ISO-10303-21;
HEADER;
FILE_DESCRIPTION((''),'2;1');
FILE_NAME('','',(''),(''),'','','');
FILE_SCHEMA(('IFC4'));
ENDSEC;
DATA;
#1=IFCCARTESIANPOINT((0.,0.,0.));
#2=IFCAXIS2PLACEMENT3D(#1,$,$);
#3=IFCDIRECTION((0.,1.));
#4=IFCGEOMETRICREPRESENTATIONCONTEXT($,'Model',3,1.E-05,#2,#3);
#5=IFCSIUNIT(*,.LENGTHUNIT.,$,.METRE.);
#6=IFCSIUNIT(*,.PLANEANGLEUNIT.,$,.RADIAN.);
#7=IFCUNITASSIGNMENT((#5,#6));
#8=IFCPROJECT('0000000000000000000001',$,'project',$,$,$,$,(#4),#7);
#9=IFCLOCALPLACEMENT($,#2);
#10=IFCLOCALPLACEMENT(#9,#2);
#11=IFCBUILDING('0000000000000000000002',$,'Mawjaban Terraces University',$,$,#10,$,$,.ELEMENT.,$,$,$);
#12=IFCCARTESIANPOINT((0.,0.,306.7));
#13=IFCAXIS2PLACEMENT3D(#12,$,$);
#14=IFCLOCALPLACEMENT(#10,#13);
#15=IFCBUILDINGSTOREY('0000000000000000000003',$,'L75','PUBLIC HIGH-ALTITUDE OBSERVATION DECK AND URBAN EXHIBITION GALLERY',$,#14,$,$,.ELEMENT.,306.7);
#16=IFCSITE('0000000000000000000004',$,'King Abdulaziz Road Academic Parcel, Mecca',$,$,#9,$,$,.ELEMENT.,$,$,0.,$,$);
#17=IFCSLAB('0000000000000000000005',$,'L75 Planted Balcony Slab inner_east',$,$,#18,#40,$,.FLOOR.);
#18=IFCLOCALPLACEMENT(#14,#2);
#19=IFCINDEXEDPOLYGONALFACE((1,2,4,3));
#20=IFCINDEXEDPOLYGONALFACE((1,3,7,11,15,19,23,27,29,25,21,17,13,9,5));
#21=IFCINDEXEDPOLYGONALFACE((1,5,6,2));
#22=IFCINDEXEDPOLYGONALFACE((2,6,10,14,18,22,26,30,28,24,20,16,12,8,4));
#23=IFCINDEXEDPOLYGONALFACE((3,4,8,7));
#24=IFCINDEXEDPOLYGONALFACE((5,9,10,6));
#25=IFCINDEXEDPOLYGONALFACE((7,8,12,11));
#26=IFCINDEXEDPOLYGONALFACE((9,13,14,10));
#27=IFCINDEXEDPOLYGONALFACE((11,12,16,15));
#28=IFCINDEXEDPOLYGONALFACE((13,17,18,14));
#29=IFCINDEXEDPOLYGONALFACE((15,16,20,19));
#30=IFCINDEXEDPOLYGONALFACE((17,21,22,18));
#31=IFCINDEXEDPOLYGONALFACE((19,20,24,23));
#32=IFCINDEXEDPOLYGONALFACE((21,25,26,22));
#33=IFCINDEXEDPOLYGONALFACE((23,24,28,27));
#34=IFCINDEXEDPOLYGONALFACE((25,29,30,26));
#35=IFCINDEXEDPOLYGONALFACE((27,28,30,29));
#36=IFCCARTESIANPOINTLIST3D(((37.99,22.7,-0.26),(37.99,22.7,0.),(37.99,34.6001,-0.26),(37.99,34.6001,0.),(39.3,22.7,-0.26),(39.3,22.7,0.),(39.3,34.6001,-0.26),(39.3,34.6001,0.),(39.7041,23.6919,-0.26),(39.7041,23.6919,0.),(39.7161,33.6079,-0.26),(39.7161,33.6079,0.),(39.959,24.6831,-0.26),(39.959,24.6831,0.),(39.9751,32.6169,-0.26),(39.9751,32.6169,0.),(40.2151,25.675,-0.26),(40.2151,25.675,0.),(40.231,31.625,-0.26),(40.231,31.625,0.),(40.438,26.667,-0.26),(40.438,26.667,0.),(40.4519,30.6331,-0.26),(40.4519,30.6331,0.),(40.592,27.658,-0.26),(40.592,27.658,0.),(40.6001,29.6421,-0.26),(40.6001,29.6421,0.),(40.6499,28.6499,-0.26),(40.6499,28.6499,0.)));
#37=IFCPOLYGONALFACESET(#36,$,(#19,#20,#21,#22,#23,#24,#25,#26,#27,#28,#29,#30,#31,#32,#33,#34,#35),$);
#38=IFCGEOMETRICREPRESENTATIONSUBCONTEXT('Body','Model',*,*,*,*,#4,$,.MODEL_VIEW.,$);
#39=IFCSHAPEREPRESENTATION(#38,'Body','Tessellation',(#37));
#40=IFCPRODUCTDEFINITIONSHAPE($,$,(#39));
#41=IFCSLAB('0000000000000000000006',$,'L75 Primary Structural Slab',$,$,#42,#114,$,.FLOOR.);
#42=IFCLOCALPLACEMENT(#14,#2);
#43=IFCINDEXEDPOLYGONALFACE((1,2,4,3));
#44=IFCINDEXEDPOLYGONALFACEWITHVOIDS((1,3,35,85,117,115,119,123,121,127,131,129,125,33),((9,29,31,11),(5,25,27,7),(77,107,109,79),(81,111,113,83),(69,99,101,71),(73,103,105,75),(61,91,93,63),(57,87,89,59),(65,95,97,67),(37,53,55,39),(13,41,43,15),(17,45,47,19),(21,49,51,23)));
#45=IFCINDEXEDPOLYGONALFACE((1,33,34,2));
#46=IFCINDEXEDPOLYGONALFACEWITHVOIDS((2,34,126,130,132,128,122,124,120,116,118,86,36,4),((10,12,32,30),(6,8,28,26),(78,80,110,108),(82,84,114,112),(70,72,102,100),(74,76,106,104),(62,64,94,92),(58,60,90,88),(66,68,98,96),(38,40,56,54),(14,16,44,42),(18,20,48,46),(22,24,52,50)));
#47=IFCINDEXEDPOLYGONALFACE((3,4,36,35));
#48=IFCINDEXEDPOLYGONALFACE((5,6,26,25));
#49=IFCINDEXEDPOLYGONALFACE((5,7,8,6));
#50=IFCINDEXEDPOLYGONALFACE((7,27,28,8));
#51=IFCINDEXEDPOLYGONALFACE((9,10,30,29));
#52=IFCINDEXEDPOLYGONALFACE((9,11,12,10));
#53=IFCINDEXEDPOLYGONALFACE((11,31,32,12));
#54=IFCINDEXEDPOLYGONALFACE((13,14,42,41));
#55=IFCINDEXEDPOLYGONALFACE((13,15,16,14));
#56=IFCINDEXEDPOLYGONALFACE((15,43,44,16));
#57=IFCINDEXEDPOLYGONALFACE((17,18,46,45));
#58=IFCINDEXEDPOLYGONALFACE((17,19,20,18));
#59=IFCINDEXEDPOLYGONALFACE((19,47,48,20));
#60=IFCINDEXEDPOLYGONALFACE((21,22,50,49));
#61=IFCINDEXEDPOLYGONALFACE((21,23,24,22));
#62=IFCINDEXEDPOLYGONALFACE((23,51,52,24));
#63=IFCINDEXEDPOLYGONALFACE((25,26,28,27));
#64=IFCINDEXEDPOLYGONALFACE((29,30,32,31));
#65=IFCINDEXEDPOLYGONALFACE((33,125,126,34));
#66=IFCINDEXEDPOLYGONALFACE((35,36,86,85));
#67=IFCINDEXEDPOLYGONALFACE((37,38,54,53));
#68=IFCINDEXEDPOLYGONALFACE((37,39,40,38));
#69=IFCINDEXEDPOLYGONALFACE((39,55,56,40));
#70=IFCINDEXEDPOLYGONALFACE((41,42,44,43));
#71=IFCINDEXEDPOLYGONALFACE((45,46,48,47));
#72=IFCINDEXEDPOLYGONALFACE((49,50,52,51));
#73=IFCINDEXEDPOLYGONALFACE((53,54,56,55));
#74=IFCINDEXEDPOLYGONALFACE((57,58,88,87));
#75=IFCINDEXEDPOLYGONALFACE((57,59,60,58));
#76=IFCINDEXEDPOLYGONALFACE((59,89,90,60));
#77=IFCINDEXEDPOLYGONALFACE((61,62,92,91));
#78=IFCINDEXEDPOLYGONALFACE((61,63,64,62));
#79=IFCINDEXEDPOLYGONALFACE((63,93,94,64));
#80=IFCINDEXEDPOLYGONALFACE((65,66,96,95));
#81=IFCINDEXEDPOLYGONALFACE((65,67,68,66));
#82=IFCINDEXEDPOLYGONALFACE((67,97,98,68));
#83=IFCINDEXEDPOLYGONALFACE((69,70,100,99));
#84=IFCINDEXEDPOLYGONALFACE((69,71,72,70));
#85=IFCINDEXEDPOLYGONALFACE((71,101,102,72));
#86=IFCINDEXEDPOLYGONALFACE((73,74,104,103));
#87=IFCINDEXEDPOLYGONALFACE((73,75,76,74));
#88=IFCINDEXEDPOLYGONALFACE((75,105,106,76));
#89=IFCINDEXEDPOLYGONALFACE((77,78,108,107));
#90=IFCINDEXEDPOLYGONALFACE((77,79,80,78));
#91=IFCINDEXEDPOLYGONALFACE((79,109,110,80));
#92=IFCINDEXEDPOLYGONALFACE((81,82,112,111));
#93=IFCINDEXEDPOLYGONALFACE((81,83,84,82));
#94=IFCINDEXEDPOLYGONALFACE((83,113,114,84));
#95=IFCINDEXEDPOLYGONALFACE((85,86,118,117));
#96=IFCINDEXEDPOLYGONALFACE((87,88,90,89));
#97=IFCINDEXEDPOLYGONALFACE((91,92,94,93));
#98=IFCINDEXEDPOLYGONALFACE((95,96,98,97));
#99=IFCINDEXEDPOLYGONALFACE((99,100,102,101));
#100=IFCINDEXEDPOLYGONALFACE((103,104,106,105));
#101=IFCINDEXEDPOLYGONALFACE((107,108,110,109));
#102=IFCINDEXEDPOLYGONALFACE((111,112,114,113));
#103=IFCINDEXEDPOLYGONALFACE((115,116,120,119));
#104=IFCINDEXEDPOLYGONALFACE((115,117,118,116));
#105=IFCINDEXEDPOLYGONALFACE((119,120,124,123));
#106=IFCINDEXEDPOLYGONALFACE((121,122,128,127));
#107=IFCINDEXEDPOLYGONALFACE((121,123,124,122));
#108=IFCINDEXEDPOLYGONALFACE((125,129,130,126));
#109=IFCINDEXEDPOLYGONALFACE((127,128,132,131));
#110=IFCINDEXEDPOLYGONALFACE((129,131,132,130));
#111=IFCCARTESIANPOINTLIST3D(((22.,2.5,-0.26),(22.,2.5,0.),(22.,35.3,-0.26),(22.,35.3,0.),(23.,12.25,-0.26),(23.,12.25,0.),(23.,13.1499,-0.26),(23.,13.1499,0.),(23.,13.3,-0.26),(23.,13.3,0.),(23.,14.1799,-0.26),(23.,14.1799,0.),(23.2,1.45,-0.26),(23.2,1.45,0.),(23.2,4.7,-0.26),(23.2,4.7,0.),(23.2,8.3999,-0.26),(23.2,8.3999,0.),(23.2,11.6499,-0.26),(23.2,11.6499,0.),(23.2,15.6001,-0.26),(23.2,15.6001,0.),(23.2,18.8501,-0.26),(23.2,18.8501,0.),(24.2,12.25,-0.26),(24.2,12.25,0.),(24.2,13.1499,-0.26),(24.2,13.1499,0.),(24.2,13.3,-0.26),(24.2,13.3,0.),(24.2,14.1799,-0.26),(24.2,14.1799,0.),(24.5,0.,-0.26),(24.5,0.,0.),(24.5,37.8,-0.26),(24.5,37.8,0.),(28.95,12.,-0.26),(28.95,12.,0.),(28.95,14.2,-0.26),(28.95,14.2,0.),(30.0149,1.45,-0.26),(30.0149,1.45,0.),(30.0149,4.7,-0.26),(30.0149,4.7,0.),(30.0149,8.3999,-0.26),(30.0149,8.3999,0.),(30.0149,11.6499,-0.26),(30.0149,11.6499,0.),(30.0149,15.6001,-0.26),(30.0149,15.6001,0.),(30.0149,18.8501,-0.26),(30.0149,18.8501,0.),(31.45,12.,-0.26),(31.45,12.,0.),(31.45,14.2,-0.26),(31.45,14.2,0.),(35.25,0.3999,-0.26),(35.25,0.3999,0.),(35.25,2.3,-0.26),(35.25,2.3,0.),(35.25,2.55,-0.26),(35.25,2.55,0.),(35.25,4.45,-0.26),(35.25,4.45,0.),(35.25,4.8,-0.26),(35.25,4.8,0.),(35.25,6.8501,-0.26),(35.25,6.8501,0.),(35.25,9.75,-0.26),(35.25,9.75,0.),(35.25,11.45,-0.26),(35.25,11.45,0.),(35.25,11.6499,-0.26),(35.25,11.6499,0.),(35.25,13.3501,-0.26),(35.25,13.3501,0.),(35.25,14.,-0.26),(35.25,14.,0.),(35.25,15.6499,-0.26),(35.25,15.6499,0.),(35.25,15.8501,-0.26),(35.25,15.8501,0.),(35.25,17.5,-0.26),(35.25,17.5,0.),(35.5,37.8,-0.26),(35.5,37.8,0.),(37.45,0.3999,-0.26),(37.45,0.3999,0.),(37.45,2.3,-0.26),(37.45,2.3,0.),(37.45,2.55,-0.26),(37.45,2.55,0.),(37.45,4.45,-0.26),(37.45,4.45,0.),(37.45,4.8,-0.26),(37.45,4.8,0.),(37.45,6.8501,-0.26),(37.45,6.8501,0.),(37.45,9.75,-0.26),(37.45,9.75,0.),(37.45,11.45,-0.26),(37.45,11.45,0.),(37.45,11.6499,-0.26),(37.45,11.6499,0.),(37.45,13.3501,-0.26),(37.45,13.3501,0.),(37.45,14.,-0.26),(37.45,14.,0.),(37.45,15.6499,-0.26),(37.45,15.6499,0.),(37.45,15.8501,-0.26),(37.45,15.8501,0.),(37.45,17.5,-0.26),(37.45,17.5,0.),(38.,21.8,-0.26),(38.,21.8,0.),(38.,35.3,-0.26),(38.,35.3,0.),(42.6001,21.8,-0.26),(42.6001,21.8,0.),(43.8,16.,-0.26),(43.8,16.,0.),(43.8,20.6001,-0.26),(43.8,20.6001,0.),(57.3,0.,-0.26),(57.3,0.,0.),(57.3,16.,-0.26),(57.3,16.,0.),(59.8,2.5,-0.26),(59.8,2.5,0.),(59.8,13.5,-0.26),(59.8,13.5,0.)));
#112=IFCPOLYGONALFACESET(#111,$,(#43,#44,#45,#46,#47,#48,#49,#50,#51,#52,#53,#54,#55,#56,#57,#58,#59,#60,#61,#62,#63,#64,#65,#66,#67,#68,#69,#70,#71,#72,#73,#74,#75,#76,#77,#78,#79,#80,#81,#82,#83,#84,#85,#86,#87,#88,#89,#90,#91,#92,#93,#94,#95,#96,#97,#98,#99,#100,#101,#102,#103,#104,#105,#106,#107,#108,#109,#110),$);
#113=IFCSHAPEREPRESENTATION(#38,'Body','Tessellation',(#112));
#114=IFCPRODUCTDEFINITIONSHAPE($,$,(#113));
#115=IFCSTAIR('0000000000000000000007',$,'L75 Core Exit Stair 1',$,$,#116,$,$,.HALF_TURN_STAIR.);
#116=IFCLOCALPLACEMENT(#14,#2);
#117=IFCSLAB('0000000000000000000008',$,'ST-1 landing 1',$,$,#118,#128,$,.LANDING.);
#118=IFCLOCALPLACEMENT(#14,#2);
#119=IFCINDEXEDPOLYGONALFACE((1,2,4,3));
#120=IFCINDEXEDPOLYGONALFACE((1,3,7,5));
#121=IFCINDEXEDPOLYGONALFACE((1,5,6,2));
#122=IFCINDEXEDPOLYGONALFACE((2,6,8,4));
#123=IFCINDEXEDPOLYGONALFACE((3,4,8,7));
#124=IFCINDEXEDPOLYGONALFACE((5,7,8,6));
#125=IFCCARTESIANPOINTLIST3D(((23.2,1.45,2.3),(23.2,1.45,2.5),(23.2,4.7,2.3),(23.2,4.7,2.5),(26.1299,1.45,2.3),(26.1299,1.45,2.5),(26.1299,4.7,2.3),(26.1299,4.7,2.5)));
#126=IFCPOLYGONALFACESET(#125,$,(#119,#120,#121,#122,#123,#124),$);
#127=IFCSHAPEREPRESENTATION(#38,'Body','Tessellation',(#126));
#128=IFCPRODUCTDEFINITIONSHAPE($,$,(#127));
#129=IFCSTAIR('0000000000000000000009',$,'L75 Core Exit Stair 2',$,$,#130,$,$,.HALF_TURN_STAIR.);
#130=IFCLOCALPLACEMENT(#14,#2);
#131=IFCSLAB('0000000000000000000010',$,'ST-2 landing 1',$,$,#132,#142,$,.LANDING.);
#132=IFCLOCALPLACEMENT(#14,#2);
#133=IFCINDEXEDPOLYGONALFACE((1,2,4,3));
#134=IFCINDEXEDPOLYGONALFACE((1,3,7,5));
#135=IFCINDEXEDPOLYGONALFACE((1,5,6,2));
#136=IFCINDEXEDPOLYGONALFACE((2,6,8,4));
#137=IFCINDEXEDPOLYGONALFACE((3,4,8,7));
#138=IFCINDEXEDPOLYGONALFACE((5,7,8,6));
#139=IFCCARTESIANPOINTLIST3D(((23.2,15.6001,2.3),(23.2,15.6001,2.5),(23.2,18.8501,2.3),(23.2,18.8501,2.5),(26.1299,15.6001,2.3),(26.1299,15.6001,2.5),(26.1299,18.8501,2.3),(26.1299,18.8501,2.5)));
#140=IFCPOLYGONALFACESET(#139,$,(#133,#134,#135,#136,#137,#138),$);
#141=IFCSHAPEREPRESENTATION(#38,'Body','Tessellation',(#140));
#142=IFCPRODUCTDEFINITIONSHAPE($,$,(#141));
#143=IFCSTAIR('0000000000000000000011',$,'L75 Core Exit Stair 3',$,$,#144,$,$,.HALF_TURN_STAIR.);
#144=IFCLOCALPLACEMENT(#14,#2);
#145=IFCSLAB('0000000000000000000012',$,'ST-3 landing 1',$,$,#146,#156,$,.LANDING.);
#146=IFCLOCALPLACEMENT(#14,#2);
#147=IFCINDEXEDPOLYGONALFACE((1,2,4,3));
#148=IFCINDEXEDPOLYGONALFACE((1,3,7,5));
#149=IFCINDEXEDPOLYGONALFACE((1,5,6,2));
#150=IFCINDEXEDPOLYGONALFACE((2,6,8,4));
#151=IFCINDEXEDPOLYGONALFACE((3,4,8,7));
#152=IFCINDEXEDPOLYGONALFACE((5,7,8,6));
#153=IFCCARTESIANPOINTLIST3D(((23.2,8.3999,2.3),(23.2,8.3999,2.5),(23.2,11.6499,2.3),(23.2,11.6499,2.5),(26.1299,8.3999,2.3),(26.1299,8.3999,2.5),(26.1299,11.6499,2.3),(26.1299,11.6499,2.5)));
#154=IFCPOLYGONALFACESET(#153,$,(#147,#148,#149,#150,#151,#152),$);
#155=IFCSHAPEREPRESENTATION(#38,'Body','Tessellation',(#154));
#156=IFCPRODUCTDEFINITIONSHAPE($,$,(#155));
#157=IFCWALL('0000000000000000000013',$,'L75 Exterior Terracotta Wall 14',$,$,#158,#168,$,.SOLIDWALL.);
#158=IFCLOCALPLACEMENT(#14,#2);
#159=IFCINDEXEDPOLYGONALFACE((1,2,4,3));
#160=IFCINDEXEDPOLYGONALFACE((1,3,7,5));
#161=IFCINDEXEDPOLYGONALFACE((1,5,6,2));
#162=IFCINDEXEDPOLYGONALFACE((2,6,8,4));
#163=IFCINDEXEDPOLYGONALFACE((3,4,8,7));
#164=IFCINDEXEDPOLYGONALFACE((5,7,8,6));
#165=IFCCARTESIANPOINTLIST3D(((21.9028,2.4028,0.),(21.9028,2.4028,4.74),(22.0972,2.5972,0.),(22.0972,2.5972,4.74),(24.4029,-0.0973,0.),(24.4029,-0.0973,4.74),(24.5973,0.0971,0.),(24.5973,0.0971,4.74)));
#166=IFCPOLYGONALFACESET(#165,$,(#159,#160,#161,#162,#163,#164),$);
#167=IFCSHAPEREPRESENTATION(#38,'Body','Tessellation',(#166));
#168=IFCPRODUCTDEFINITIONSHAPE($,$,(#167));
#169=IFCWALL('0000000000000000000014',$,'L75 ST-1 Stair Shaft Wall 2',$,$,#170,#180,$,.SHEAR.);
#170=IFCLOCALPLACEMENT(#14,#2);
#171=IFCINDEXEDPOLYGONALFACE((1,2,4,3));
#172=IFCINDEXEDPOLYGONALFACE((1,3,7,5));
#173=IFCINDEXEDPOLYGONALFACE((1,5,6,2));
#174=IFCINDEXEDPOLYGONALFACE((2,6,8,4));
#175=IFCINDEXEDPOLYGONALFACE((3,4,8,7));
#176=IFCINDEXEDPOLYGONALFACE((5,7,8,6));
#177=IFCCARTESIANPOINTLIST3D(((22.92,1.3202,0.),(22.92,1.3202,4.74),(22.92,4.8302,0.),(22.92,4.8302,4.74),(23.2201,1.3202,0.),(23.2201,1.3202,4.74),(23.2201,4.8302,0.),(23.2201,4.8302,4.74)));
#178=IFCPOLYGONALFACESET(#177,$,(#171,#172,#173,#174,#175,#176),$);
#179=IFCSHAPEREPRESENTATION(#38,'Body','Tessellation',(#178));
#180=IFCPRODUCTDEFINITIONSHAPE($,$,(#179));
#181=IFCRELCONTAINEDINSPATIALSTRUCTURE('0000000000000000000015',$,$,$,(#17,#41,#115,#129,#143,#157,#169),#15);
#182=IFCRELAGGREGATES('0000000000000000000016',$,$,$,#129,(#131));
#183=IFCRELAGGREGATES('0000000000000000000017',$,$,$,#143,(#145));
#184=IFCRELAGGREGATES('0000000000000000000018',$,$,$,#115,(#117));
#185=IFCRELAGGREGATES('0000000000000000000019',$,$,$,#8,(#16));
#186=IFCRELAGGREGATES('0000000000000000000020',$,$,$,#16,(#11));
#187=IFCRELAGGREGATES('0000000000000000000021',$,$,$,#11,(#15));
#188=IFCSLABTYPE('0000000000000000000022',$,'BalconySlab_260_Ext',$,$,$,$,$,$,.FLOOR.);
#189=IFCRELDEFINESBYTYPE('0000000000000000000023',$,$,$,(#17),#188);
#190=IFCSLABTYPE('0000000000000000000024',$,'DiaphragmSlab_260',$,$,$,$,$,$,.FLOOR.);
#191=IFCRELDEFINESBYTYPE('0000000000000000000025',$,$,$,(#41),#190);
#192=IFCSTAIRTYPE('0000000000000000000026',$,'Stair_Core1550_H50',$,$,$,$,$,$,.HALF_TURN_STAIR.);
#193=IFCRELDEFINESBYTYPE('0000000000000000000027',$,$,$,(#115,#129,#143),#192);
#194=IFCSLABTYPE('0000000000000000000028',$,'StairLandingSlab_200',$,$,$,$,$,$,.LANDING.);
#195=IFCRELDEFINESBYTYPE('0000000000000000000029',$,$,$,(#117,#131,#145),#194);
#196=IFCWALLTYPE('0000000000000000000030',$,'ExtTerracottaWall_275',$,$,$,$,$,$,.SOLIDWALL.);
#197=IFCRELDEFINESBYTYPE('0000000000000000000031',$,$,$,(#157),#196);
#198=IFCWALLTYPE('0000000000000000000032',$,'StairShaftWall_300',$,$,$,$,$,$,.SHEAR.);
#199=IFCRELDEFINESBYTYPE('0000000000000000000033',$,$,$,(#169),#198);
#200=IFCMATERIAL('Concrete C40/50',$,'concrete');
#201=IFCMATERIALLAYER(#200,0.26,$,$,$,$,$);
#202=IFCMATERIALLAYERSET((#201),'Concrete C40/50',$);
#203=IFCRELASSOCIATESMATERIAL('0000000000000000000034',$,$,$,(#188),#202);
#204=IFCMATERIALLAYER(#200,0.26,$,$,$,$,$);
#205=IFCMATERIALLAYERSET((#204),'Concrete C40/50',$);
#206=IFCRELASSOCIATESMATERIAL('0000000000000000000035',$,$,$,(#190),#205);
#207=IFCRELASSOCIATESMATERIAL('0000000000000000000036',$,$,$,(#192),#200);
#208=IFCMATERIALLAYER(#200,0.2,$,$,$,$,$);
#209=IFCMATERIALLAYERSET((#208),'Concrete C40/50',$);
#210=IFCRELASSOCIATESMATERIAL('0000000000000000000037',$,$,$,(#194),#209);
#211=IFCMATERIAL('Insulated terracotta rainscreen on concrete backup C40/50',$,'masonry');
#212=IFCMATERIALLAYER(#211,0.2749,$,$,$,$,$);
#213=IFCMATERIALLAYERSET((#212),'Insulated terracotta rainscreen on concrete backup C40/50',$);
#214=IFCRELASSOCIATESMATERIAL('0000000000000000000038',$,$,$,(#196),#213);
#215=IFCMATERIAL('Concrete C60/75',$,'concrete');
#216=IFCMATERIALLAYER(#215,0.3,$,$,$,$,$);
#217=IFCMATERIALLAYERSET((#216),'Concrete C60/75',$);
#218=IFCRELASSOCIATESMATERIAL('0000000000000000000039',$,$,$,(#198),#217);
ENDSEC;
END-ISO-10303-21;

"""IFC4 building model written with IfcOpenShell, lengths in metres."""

from ifc_helpers import new_model, si_unit, direction, frame, frame_2d, origin, place, context, subcontext, project, spatial, polyline, rectangle, outline, extrude, material, layer, layer_set, type_object, element, aggregate, save


model = new_model("IFC4")

# Units and contexts
model_context = context("Model", 3, precision=1e-05, world=origin(), true_north=direction((0.0, 1.0)))
body_context = subcontext(model_context, "Body", "Model", "MODEL_VIEW")
ifc_project = project(units=[si_unit("LENGTHUNIT", "METRE"), si_unit("PLANEANGLEUNIT", "RADIAN")], contexts=[model_context])

# Site, building, storey
site_placement = place(None, origin())
site = spatial("IfcSite", under=ifc_project, at=site_placement, Name="King Abdulaziz Road Academic Parcel, Mecca", CompositionType="ELEMENT", RefElevation=0.0)
building_placement = place(site_placement, origin())
building = spatial("IfcBuilding", under=site, at=building_placement, Name="Mawjaban Terraces University", CompositionType="ELEMENT")
storey_placement = place(building_placement, frame((0.0, 0.0, 306.7)))
storey = spatial("IfcBuildingStorey", under=building, at=storey_placement, Name="L75", Description="PUBLIC HIGH-ALTITUDE OBSERVATION DECK AND URBAN EXHIBITION GALLERY", CompositionType="ELEMENT", Elevation=306.7)

# Slabs
ifc_material_1 = material(Name="Concrete C40/50", Category="concrete")
ifc_layer_1 = layer(ifc_material_1, 0.26)
ifc_layer_set_1 = layer_set([ifc_layer_1], Name="Concrete C40/50")
slab_type_1 = type_object("IfcSlabType", Name="BalconySlab_260_Ext", PredefinedType="FLOOR", material=ifc_layer_set_1)
slab_1_placement = place(storey_placement, frame((0.0, 0.0, -0.26)))
element("IfcSlab", 1, at=slab_1_placement, inside=storey, type_object=slab_type_1, Name="L75 Planted Balcony Slab inner_east", PredefinedType="FLOOR", context=body_context, shape_type="SweptSolid", body=[
    extrude(outline(polyline([(39.3, 22.7), (39.7041, 23.6919), (39.959, 24.6831), (40.2151, 25.675), (40.438, 26.667), (40.592, 27.658), (40.6499, 28.6499), (40.6001, 29.6421), (40.4519, 30.6331), (40.231, 31.625), (39.9751, 32.6169), (39.7161, 33.6079), (39.3, 34.6001), (37.99, 34.6001), (37.99, 22.7), (39.3, 22.7)])), origin(), (0.0, 0.0, 1.0), 0.26),
])
ifc_layer_2 = layer(ifc_material_1, 0.26)
ifc_layer_set_2 = layer_set([ifc_layer_2], Name="Concrete C40/50")
slab_type_2 = type_object("IfcSlabType", Name="DiaphragmSlab_260", PredefinedType="FLOOR", material=ifc_layer_set_2)
slab_2_placement = place(storey_placement, frame((0.0, 0.0, -0.26)))
element("IfcSlab", 2, at=slab_2_placement, inside=storey, type_object=slab_type_2, Name="L75 Primary Structural Slab", PredefinedType="FLOOR", context=body_context, shape_type="SweptSolid", body=[
    extrude(outline(polyline([(24.5, 0.0), (57.3, 0.0), (59.8, 2.5), (59.8, 13.5), (57.3, 16.0), (43.8, 16.0), (43.8, 20.6001), (42.6001, 21.8), (38.0, 21.8), (38.0, 35.3), (35.5, 37.8), (24.5, 37.8), (22.0, 35.3), (22.0, 2.5), (24.5, 0.0)]), holes=[polyline([(30.0149, 4.7), (23.2, 4.7), (23.2, 1.45), (30.0149, 1.45), (30.0149, 4.7)]), polyline([(30.0149, 18.8501), (23.2, 18.8501), (23.2, 15.6001), (30.0149, 15.6001), (30.0149, 18.8501)]), polyline([(30.0149, 11.6499), (23.2, 11.6499), (23.2, 8.3999), (30.0149, 8.3999), (30.0149, 11.6499)]), polyline([(35.25, 0.3999), (37.45, 0.3999), (37.45, 2.3), (35.25, 2.3), (35.25, 0.3999)]), polyline([(35.25, 2.55), (37.45, 2.55), (37.45, 4.45), (35.25, 4.45), (35.25, 2.55)]), polyline([(35.25, 4.8), (37.45, 4.8), (37.45, 6.8501), (35.25, 6.8501), (35.25, 4.8)]), polyline([(35.25, 9.75), (37.45, 9.75), (37.45, 11.45), (35.25, 11.45), (35.25, 9.75)]), polyline([(35.25, 11.6499), (37.45, 11.6499), (37.45, 13.3501), (35.25, 13.3501), (35.25, 11.6499)]), polyline([(28.95, 12.0), (31.45, 12.0), (31.45, 14.2), (28.95, 14.2), (28.95, 12.0)]), polyline([(35.25, 14.0), (37.45, 14.0), (37.45, 15.6499), (35.25, 15.6499), (35.25, 14.0)]), polyline([(35.25, 15.8501), (37.45, 15.8501), (37.45, 17.5), (35.25, 17.5), (35.25, 15.8501)]), polyline([(23.0, 12.25), (24.2, 12.25), (24.2, 13.1499), (23.0, 13.1499), (23.0, 12.25)]), polyline([(23.0, 13.3), (24.2, 13.3), (24.2, 14.1799), (23.0, 14.1799), (23.0, 13.3)])]), origin(), (0.0, 0.0, 1.0), 0.26),
])

# Stairs, slabs
stair_type = type_object("IfcStairType", Name="Stair_Core1550_H50", PredefinedType="HALF_TURN_STAIR", material=ifc_material_1)
stair_1_placement = place(storey_placement, origin())
stair_1 = element("IfcStair", 3, at=stair_1_placement, inside=storey, type_object=stair_type, Name="L75 Core Exit Stair 1", PredefinedType="HALF_TURN_STAIR")
ifc_layer_3 = layer(ifc_material_1, 0.2)
ifc_layer_set_3 = layer_set([ifc_layer_3], Name="Concrete C40/50")
slab_type_3 = type_object("IfcSlabType", Name="StairLandingSlab_200", PredefinedType="LANDING", material=ifc_layer_set_3)
slab_3_placement = place(storey_placement, frame((0.0, 0.0, 2.3)))
slab_3 = element("IfcSlab", 4, at=slab_3_placement, type_object=slab_type_3, Name="ST-1 landing 1", PredefinedType="LANDING", context=body_context, shape_type="SweptSolid", body=[
    extrude(outline(polyline([(26.1299, 4.7), (23.2, 4.7), (23.2, 1.45), (26.1299, 1.45), (26.1299, 4.7)])), origin(), (0.0, 0.0, 1.0), 0.2),
])
stair_2_placement = place(storey_placement, origin())
stair_2 = element("IfcStair", 5, at=stair_2_placement, inside=storey, type_object=stair_type, Name="L75 Core Exit Stair 2", PredefinedType="HALF_TURN_STAIR")
slab_4_placement = place(storey_placement, frame((0.0, 0.0, 2.3)))
slab_4 = element("IfcSlab", 6, at=slab_4_placement, type_object=slab_type_3, Name="ST-2 landing 1", PredefinedType="LANDING", context=body_context, shape_type="SweptSolid", body=[
    extrude(outline(polyline([(26.1299, 18.8501), (23.2, 18.8501), (23.2, 15.6001), (26.1299, 15.6001), (26.1299, 18.8501)])), origin(), (0.0, 0.0, 1.0), 0.2),
])
aggregate(stair_2, [slab_4])
stair_3_placement = place(storey_placement, origin())
stair_3 = element("IfcStair", 7, at=stair_3_placement, inside=storey, type_object=stair_type, Name="L75 Core Exit Stair 3", PredefinedType="HALF_TURN_STAIR")
slab_5_placement = place(storey_placement, frame((0.0, 0.0, 2.3)))
slab_5 = element("IfcSlab", 8, at=slab_5_placement, type_object=slab_type_3, Name="ST-3 landing 1", PredefinedType="LANDING", context=body_context, shape_type="SweptSolid", body=[
    extrude(outline(polyline([(26.1299, 11.6499), (23.2, 11.6499), (23.2, 8.3999), (26.1299, 8.3999), (26.1299, 11.6499)])), origin(), (0.0, 0.0, 1.0), 0.2),
])
aggregate(stair_3, [slab_5])

# Walls
ifc_material_2 = material(Name="Insulated terracotta rainscreen on concrete backup C40/50", Category="masonry")
ifc_layer_4 = layer(ifc_material_2, 0.2749)
ifc_layer_set_4 = layer_set([ifc_layer_4], Name="Insulated terracotta rainscreen on concrete backup C40/50")
wall_type_1 = type_object("IfcWallType", Name="ExtTerracottaWall_275", PredefinedType="SOLIDWALL", material=ifc_layer_set_4)
wall_1_placement = place(storey_placement, frame((22.0, 2.5, 0.0), z_axis=(0.0, 0.0, 1.0), x_axis=(0.707107, -0.707107, 0.0)))
element("IfcWall", 9, at=wall_1_placement, inside=storey, type_object=wall_type_1, Name="L75 Exterior Terracotta Wall 14", PredefinedType="SOLIDWALL", context=body_context, shape_type="SweptSolid", body=[
    extrude(rectangle(XDim=3.5356, YDim=0.2749, at=frame_2d((1.7678, 0.0))), origin(), (0.0, 0.0, 1.0), 4.74),
])
ifc_material_3 = material(Name="Concrete C60/75", Category="concrete")
ifc_layer_5 = layer(ifc_material_3, 0.3)
ifc_layer_set_5 = layer_set([ifc_layer_5], Name="Concrete C60/75")
wall_type_2 = type_object("IfcWallType", Name="StairShaftWall_300", PredefinedType="SHEAR", material=ifc_layer_set_5)
wall_2_placement = place(storey_placement, frame((23.0701, 4.8301, 0.0), z_axis=(0.0, 0.0, 1.0), x_axis=(0.0, -1.0, 0.0)))
element("IfcWall", 10, at=wall_2_placement, inside=storey, type_object=wall_type_2, Name="L75 ST-1 Stair Shaft Wall 2", PredefinedType="SHEAR", context=body_context, shape_type="SweptSolid", body=[
    extrude(rectangle(XDim=3.51, YDim=0.3, at=frame_2d((1.7549, 0.0))), origin(), (0.0, 0.0, 1.0), 4.74),
])

aggregate(stair_1, [slab_3])

save(model, "model.ifc")
